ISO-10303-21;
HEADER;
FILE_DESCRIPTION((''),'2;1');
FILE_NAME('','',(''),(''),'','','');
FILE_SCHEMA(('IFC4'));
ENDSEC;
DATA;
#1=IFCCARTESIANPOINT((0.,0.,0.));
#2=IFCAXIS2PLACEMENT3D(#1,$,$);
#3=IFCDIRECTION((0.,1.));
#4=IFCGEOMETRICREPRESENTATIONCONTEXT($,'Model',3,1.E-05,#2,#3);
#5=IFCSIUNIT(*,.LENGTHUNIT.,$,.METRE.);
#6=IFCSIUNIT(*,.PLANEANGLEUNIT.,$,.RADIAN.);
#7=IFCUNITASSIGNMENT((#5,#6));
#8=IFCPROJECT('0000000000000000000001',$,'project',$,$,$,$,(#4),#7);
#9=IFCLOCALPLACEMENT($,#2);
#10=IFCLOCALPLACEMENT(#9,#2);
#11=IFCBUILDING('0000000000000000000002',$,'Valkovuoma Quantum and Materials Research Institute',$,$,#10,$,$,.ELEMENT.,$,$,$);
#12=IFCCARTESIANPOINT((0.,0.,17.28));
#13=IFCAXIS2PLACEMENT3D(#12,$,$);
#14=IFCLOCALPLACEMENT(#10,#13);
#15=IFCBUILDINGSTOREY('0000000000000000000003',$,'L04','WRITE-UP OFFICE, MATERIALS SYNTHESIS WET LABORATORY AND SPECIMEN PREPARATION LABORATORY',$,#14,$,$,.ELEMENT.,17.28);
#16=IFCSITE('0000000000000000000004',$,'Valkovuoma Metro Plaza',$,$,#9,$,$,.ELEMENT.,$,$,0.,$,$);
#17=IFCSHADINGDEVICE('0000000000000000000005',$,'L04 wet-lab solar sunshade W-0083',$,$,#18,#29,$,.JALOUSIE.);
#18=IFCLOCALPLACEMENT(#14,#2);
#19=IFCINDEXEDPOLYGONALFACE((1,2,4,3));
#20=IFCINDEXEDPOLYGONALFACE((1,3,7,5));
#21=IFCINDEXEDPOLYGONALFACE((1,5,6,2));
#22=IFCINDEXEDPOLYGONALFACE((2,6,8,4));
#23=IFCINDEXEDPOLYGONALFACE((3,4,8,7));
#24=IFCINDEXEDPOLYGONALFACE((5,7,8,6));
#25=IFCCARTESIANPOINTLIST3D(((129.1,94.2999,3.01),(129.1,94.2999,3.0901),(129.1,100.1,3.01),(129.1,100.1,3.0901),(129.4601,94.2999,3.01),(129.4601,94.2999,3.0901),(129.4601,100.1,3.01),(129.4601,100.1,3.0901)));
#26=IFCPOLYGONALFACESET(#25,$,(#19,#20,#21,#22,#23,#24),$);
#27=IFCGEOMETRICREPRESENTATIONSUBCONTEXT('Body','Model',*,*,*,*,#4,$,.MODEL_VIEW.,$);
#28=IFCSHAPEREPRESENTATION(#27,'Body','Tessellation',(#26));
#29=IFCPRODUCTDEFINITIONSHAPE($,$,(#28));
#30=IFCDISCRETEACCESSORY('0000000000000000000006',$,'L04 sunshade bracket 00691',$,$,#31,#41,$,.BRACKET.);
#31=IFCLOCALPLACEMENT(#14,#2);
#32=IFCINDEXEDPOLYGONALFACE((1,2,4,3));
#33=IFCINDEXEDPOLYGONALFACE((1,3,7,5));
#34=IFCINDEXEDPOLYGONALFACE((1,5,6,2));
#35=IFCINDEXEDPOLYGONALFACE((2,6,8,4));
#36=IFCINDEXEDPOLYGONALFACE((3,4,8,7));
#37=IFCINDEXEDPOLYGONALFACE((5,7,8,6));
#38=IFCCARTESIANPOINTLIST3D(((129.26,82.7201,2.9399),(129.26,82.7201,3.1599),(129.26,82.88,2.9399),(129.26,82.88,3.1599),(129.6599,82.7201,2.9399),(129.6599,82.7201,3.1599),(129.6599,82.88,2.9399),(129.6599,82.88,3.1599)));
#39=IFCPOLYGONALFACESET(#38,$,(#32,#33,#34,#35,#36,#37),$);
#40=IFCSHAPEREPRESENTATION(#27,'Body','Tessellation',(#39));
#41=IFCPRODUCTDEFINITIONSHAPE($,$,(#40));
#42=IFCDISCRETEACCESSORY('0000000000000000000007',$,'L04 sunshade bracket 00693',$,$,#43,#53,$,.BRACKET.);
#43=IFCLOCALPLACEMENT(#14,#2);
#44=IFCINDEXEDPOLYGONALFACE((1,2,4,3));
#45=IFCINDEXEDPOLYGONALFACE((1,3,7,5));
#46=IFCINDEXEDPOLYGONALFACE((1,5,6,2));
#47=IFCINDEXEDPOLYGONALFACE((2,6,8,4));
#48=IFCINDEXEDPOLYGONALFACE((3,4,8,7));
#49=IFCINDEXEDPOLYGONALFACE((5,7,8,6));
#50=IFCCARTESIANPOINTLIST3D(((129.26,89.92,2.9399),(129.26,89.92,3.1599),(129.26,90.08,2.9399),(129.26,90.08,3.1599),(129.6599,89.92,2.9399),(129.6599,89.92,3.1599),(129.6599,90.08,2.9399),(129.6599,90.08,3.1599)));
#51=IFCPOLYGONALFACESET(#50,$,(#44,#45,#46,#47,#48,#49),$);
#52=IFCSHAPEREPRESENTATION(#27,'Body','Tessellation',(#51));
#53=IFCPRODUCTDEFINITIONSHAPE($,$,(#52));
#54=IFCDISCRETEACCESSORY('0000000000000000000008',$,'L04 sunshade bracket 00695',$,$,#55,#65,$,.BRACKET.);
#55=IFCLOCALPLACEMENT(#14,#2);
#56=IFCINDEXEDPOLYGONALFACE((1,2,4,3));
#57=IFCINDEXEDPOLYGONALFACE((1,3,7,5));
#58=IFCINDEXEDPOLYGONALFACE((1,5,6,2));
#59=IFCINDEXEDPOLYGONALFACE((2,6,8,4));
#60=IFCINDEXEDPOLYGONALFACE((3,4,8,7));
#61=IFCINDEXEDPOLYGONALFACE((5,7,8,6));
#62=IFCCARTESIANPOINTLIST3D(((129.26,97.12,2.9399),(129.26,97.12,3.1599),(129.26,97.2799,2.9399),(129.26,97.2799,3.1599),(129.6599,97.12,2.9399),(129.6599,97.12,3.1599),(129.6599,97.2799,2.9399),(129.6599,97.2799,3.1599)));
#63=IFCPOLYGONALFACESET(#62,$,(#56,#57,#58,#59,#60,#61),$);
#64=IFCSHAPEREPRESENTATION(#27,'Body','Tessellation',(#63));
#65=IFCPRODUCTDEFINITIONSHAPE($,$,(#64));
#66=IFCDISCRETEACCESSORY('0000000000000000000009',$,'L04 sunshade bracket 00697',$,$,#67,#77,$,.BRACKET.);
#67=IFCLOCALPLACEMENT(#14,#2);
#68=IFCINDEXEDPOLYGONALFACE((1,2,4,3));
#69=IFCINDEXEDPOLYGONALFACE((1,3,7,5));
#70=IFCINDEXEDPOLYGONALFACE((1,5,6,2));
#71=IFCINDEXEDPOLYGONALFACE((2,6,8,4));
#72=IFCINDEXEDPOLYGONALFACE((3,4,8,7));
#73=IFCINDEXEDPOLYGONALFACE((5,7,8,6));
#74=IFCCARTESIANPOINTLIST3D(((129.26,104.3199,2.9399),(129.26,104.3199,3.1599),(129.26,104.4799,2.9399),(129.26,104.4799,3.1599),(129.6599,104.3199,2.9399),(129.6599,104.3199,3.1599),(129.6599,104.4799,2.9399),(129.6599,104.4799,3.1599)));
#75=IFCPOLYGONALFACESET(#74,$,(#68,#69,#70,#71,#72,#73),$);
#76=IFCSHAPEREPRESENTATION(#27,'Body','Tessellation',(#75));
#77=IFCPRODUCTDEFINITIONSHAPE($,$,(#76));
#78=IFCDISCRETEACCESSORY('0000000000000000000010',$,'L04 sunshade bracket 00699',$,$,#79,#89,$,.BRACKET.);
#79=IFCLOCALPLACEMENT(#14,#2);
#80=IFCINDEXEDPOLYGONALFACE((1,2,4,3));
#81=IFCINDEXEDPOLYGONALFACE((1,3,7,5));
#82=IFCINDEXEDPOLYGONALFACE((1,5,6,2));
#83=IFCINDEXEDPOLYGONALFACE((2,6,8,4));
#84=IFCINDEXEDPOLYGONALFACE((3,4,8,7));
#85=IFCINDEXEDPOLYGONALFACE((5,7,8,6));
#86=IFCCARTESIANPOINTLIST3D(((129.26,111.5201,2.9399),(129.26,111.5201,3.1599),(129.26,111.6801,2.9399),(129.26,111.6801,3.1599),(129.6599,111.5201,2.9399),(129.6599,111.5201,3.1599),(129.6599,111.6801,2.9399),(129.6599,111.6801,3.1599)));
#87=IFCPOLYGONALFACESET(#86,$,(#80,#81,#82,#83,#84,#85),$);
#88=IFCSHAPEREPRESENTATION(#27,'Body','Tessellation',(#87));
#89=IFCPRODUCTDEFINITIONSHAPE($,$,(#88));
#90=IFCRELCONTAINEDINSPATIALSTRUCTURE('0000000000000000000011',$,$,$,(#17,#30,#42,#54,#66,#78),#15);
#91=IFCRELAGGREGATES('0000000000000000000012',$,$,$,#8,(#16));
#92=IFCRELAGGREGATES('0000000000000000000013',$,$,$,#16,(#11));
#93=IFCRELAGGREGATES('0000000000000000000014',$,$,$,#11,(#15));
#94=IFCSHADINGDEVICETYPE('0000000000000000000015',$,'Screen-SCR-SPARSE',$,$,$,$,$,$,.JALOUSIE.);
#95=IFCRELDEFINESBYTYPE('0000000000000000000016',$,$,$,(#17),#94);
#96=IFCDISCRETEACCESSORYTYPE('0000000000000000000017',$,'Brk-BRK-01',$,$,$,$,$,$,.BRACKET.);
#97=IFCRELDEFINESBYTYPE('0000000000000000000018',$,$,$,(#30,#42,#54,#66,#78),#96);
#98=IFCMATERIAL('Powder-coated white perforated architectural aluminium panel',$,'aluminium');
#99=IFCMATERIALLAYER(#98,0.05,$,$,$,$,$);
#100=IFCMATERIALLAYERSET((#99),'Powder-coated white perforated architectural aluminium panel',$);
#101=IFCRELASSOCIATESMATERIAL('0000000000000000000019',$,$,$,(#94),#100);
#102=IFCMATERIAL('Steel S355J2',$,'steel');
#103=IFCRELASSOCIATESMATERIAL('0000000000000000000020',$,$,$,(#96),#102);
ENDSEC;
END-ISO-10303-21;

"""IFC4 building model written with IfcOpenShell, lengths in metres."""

from ifc_helpers import new_model, si_unit, direction, frame, origin, origin_2d, place, context, subcontext, project, spatial, rectangle, extrude, material, layer, layer_set, type_object, element, save


model = new_model("IFC4")

# Units and contexts
model_context = context("Model", 3, precision=1e-05, world=origin(), true_north=direction((0.0, 1.0)))
body_context = subcontext(model_context, "Body", "Model", "MODEL_VIEW")
ifc_project = project(units=[si_unit("LENGTHUNIT", "METRE"), si_unit("PLANEANGLEUNIT", "RADIAN")], contexts=[model_context])

# Site, building, storey
site_placement = place(None, origin())
site = spatial("IfcSite", under=ifc_project, at=site_placement, Name="Valkovuoma Metro Plaza", CompositionType="ELEMENT", RefElevation=0.0)
building_placement = place(site_placement, origin())
building = spatial("IfcBuilding", under=site, at=building_placement, Name="Valkovuoma Quantum and Materials Research Institute", CompositionType="ELEMENT")
storey_placement = place(building_placement, frame((0.0, 0.0, 17.28)))
storey = spatial("IfcBuildingStorey", under=building, at=storey_placement, Name="L04", Description="WRITE-UP OFFICE, MATERIALS SYNTHESIS WET LABORATORY AND SPECIMEN PREPARATION LABORATORY", CompositionType="ELEMENT", Elevation=17.28)

# Shading device
ifc_material_1 = material(Name="Powder-coated white perforated architectural aluminium panel", Category="aluminium")
ifc_layer_1 = layer(ifc_material_1, 0.05)
ifc_layer_set_1 = layer_set([ifc_layer_1], Name="Powder-coated white perforated architectural aluminium panel")
shading_device_type_1 = type_object("IfcShadingDeviceType", Name="Screen-SCR-SPARSE", PredefinedType="JALOUSIE", material=ifc_layer_set_1)
shading_device_1_placement = place(storey_placement, frame((129.28, 97.2, 3.01), z_axis=(0.0, 0.0, 1.0), x_axis=(1.0, 0.0, 0.0)))
element("IfcShadingDevice", 1, at=shading_device_1_placement, inside=storey, type_object=shading_device_type_1, Name="L04 wet-lab solar sunshade W-0083", PredefinedType="JALOUSIE", context=body_context, shape_type="SweptSolid", body=[
    extrude(rectangle(XDim=0.3601, YDim=5.8, at=origin_2d()), origin(), (0.0, 0.0, 1.0), 0.0801),
])

# Discrete accessories
ifc_material_2 = material(Name="Steel S355J2", Category="steel")
discrete_accessory_type = type_object("IfcDiscreteAccessoryType", Name="Brk-BRK-01", PredefinedType="BRACKET", material=ifc_material_2)
for number, where, z_axis, x_axis, name in (
    (2, (129.46, 82.8, 2.9399), (0.0, 0.0, 1.0), (1.0, 0.0, 0.0), "L04 sunshade bracket 00691"),
    (3, (129.46, 90.0, 2.9399), (0.0, 0.0, 1.0), (1.0, 0.0, 0.0), "L04 sunshade bracket 00693"),
    (4, (129.46, 97.2, 2.9399), (0.0, 0.0, 1.0), (1.0, 0.0, 0.0), "L04 sunshade bracket 00695"),
    (5, (129.46, 104.3999, 2.9399), (0.0, 0.0, 1.0), (1.0, 0.0, 0.0), "L04 sunshade bracket 00697"),
    (6, (129.46, 111.6001, 2.9399), (0.0, 0.0, 1.0), (1.0, 0.0, 0.0), "L04 sunshade bracket 00699"),
):
    element("IfcDiscreteAccessory", number, at=place(storey_placement, frame(where, z_axis=z_axis, x_axis=x_axis)), inside=storey, type_object=discrete_accessory_type, Name=name, PredefinedType="BRACKET", context=body_context, shape_type="SweptSolid", body=[
        extrude(rectangle(XDim=0.3999, YDim=0.1599, at=origin_2d()), origin(), (0.0, 0.0, 1.0), 0.22),
    ])

save(model, "model.ifc")
